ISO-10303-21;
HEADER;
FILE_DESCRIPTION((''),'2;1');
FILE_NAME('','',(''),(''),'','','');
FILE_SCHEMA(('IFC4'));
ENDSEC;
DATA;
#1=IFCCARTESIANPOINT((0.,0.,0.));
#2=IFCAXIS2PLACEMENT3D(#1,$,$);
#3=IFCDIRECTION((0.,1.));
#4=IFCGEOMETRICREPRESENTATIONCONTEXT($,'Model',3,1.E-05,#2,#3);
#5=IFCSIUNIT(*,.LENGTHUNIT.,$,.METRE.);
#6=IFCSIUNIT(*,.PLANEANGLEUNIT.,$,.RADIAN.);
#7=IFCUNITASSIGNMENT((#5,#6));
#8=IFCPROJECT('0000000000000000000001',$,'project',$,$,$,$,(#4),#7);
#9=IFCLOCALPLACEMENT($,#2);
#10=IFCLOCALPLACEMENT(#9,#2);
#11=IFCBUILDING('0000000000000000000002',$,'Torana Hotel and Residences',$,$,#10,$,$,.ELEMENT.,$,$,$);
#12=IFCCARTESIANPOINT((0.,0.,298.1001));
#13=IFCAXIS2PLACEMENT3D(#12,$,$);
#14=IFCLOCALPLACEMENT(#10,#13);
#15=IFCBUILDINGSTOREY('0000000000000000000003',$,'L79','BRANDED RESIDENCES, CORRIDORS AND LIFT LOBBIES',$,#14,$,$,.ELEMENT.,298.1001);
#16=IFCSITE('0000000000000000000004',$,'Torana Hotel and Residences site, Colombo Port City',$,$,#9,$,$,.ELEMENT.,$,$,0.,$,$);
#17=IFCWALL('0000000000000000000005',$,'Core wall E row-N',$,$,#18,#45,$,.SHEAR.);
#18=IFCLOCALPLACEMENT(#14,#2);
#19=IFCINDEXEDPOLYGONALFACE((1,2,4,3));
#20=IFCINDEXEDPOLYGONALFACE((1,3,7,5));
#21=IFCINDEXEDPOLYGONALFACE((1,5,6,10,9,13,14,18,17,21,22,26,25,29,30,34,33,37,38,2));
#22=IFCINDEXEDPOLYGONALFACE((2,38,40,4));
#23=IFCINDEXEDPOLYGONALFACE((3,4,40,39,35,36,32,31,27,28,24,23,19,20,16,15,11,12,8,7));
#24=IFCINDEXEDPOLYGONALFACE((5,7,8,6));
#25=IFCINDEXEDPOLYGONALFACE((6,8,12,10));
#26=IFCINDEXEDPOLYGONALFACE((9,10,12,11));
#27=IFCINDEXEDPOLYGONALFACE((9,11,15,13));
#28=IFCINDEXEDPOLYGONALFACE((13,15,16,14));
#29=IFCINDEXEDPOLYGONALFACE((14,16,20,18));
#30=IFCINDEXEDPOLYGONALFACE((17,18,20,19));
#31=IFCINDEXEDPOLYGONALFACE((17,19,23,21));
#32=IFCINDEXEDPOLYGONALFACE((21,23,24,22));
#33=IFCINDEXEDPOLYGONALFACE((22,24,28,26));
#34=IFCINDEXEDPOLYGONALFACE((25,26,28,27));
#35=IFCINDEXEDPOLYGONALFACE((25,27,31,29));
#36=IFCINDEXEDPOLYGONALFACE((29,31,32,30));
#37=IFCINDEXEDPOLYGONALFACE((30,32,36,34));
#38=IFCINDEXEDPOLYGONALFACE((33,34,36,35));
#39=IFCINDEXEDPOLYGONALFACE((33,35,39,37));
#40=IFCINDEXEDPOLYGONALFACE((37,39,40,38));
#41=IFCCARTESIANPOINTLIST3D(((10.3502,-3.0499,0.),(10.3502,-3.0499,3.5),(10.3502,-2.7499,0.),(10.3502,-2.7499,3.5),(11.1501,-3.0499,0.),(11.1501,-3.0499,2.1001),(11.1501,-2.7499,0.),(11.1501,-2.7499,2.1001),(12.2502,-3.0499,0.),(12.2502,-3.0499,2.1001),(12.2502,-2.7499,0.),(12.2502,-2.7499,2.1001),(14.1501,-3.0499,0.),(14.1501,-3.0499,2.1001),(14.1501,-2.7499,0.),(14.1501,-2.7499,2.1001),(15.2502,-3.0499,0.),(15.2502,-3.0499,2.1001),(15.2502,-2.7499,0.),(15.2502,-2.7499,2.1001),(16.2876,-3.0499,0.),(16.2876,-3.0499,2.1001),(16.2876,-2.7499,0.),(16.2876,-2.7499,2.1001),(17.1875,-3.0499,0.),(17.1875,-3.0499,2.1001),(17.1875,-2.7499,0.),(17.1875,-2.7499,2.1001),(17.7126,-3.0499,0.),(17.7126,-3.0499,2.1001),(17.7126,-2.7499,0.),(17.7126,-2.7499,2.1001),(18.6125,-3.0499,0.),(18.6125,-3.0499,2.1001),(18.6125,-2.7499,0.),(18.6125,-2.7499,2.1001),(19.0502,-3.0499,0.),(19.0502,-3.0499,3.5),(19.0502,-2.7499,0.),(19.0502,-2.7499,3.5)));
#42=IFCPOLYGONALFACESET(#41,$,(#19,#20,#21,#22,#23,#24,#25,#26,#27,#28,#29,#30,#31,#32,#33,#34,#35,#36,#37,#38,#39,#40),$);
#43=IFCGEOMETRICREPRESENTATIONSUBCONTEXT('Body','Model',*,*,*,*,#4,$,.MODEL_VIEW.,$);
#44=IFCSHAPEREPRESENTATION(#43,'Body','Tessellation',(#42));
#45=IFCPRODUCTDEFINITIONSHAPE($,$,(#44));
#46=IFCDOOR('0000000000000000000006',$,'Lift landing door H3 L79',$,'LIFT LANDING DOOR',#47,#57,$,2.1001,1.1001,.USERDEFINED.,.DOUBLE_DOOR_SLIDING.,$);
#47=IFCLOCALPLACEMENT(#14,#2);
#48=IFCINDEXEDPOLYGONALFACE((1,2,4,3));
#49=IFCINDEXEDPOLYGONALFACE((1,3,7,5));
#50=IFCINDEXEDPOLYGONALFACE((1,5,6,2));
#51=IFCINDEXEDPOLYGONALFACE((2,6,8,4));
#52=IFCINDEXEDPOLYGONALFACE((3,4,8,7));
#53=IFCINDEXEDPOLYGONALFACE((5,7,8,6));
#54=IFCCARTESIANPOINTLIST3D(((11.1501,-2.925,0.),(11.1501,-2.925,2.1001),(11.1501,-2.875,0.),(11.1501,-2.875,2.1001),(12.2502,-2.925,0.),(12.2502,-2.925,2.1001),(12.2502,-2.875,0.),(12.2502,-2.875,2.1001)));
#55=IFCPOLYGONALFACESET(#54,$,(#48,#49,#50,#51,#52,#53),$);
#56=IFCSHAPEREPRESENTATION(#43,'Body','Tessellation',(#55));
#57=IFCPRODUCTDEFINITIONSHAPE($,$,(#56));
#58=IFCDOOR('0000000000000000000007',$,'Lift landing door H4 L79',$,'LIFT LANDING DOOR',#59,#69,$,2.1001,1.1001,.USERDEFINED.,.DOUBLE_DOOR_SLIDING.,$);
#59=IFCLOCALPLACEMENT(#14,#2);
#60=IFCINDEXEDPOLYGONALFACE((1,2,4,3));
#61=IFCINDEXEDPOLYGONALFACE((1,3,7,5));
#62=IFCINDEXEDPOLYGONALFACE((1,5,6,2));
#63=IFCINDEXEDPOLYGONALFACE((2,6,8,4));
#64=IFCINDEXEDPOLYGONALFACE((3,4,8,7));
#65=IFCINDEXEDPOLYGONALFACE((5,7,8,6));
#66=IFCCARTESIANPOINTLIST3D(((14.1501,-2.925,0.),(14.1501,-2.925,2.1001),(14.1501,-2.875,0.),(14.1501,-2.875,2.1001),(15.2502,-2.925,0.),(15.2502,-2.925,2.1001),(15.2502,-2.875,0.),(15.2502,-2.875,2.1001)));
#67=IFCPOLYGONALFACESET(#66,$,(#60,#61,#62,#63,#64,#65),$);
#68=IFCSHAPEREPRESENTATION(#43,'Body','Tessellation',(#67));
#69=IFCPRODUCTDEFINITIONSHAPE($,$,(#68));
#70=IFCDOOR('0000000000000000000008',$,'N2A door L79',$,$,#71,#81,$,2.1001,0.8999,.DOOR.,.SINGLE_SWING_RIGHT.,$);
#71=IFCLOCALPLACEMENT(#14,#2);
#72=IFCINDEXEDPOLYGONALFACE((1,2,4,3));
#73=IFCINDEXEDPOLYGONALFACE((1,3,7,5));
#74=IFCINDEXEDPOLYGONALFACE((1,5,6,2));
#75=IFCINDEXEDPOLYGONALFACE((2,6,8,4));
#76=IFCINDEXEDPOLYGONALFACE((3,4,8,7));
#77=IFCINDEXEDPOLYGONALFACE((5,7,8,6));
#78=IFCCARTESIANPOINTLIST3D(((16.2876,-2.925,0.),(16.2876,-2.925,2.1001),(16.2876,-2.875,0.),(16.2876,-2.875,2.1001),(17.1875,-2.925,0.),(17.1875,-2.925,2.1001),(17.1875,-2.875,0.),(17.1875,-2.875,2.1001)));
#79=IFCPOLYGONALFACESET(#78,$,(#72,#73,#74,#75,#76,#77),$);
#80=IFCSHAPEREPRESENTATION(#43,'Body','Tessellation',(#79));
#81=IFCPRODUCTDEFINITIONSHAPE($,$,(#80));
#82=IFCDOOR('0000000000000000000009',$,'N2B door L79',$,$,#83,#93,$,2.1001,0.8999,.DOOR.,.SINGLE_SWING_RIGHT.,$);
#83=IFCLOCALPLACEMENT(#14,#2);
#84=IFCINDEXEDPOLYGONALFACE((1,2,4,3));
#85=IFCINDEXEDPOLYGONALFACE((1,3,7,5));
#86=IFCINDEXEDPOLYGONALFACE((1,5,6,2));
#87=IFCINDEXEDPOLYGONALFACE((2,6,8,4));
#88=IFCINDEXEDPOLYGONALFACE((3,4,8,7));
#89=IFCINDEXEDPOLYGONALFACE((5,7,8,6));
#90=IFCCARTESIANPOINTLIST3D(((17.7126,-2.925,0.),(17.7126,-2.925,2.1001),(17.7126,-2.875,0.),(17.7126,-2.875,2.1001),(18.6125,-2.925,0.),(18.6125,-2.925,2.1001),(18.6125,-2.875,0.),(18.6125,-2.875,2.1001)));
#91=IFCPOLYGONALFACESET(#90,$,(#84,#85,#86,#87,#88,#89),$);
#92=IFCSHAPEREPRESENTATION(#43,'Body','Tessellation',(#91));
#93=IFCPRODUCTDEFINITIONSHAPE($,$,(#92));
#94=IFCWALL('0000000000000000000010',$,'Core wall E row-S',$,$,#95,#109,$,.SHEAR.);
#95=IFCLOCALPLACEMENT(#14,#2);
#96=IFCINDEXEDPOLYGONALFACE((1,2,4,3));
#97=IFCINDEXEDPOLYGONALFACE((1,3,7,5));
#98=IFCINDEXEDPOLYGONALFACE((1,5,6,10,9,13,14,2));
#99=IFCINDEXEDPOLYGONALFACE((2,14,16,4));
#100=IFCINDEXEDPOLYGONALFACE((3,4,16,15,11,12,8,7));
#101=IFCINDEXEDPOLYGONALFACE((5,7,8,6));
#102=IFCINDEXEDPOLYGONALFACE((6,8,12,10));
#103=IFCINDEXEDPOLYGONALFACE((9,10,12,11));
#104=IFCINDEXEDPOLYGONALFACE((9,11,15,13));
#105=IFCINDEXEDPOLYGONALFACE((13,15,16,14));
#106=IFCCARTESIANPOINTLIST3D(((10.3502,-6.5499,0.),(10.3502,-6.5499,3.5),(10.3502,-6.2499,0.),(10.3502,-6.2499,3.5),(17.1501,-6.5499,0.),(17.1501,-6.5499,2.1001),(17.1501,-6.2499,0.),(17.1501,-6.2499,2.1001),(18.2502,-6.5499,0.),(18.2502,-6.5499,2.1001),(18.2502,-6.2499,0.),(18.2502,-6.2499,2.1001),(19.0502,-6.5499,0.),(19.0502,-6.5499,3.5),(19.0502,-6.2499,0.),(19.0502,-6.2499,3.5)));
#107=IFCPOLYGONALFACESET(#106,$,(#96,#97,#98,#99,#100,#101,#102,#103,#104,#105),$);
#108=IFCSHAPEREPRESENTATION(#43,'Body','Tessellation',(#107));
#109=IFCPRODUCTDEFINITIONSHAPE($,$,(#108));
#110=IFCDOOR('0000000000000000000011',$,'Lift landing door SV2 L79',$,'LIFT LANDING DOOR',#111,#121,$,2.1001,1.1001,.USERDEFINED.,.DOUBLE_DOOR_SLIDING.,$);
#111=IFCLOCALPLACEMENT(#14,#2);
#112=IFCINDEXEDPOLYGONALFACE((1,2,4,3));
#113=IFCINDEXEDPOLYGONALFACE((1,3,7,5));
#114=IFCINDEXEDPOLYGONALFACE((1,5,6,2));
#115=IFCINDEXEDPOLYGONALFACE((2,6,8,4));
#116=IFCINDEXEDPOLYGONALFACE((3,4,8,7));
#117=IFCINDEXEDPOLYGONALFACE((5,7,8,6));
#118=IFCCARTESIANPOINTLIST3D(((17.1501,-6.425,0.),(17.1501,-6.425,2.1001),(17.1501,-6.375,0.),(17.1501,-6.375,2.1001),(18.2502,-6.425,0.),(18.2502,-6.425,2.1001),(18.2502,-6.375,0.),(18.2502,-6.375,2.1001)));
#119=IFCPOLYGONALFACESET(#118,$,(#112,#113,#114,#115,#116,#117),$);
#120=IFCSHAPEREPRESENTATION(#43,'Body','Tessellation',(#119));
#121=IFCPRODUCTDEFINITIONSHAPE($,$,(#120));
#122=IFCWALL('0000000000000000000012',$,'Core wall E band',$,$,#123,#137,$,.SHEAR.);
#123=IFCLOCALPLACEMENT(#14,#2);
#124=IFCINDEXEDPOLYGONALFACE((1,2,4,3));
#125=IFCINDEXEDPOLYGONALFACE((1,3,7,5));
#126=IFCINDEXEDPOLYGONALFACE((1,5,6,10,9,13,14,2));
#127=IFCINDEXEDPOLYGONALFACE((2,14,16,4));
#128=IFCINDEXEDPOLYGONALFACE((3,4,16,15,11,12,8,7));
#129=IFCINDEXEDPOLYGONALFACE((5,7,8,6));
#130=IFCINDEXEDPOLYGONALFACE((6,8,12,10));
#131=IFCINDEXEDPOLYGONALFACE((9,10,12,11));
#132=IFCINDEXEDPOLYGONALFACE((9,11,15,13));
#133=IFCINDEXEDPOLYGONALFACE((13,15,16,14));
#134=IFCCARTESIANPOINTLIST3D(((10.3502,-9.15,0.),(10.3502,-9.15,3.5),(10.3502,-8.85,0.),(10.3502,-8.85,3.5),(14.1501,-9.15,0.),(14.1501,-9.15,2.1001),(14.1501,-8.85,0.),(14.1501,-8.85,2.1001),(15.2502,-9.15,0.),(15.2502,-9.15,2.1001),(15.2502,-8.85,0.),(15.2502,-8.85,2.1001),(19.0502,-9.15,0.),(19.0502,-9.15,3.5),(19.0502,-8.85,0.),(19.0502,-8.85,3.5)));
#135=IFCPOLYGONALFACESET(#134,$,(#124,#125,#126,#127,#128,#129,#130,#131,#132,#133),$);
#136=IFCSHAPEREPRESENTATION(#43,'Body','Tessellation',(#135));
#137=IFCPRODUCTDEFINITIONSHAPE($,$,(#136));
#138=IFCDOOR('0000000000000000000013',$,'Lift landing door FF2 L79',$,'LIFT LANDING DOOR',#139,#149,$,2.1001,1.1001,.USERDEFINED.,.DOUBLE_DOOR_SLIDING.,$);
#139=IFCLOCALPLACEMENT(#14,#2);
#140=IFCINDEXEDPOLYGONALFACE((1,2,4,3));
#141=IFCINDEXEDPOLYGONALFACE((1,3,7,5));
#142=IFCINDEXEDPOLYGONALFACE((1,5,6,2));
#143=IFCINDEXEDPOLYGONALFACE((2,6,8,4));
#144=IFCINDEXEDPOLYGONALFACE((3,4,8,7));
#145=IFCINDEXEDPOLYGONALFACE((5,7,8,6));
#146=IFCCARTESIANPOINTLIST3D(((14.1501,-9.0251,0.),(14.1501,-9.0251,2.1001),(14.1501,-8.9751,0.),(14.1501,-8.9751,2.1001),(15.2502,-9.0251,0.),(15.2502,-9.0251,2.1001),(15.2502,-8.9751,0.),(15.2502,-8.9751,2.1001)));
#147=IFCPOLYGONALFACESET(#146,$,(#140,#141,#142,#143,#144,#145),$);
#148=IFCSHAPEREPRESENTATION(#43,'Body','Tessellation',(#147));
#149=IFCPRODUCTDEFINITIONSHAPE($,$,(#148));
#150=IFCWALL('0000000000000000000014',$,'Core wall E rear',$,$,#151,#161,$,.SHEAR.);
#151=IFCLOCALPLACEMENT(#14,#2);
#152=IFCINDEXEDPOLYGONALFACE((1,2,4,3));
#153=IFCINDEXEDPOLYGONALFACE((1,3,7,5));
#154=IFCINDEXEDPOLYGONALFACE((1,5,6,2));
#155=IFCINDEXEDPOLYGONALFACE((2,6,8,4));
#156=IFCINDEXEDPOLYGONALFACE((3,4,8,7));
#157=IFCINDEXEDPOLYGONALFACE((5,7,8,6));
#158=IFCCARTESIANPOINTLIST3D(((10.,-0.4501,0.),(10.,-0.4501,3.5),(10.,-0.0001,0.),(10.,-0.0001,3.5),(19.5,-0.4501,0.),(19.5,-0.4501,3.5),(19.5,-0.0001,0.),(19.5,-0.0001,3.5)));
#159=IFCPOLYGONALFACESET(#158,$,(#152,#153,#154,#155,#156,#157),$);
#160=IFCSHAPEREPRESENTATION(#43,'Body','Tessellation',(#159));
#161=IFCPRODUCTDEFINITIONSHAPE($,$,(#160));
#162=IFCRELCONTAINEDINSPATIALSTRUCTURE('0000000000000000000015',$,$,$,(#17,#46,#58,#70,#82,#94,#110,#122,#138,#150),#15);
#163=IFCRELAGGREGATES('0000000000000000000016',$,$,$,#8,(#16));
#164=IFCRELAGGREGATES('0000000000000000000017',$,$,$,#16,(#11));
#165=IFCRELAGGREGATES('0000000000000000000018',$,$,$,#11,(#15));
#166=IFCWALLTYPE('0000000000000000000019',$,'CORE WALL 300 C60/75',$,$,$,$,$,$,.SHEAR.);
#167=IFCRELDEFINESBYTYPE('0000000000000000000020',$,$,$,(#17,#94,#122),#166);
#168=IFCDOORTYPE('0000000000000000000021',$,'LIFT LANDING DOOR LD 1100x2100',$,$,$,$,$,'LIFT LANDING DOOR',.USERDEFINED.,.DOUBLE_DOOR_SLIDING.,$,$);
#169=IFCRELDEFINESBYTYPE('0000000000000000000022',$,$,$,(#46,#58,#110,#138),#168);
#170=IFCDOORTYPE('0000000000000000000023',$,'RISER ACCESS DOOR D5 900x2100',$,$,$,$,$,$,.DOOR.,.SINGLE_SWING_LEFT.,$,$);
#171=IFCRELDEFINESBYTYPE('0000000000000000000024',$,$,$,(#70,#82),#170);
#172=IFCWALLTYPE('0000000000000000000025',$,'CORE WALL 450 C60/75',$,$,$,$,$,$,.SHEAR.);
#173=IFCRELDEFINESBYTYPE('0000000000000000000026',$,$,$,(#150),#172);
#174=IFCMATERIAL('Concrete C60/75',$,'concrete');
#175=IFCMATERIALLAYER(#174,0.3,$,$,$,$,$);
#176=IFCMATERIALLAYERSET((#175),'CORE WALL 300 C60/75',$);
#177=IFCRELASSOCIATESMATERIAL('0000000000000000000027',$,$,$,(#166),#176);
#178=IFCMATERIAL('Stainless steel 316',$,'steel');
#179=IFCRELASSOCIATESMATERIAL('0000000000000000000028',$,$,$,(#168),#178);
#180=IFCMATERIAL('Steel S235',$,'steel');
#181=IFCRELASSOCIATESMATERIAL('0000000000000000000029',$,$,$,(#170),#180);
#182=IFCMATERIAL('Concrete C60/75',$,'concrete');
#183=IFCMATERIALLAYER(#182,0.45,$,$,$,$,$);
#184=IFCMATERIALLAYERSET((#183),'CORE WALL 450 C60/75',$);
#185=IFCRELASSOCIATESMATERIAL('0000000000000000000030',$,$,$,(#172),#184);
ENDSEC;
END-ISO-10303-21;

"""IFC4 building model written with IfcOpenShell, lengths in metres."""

from ifc_helpers import new_model, si_unit, direction, frame, frame_2d, origin, place, context, subcontext, project, spatial, rectangle, extrude, material, layer, layer_set, type_object, element, fill, save


model = new_model("IFC4")

# Units and contexts
model_context = context("Model", 3, precision=1e-05, world=origin(), true_north=direction((0.0, 1.0)))
body_context = subcontext(model_context, "Body", "Model", "MODEL_VIEW")
ifc_project = project(units=[si_unit("LENGTHUNIT", "METRE"), si_unit("PLANEANGLEUNIT", "RADIAN")], contexts=[model_context])

# Site, building, storey
site_placement = place(None, origin())
site = spatial("IfcSite", under=ifc_project, at=site_placement, Name="Torana Hotel and Residences site, Colombo Port City", CompositionType="ELEMENT", RefElevation=0.0)
building_placement = place(site_placement, origin())
building = spatial("IfcBuilding", under=site, at=building_placement, Name="Torana Hotel and Residences", CompositionType="ELEMENT")
storey_placement = place(building_placement, frame((0.0, 0.0, 298.1001)))
storey = spatial("IfcBuildingStorey", under=building, at=storey_placement, Name="L79", Description="BRANDED RESIDENCES, CORRIDORS AND LIFT LOBBIES", CompositionType="ELEMENT", Elevation=298.1001)

# Wall, openings, doors
ifc_material_1 = material(Name="Concrete C60/75", Category="concrete")
ifc_layer_1 = layer(ifc_material_1, 0.3)
ifc_layer_set_1 = layer_set([ifc_layer_1], Name="CORE WALL 300 C60/75")
wall_type_1 = type_object("IfcWallType", Name="CORE WALL 300 C60/75", PredefinedType="SHEAR", material=ifc_layer_set_1)
wall_1_placement = place(storey_placement, frame((10.3501, -2.8999, 0.0), z_axis=(0.0, 0.0, 1.0), x_axis=(1.0, 0.0, 0.0)))
wall_1 = element("IfcWall", 1, at=wall_1_placement, inside=storey, type_object=wall_type_1, Name="Core wall E row-N", PredefinedType="SHEAR", context=body_context, shape_type="SweptSolid", body=[
    extrude(rectangle(XDim=8.7, YDim=0.3, at=frame_2d((4.3501, 0.0))), origin(), (0.0, 0.0, 1.0), 3.5),
])
opening_1_placement = place(wall_1_placement, frame((0.8, 0.0, 0.0)))
opening_1 = element("IfcOpeningElement", 2, at=opening_1_placement, cuts=wall_1, PredefinedType="OPENING", context=body_context, shape_type="SweptSolid", body=[
    extrude(rectangle(XDim=1.1001, YDim=2.1001, at=frame_2d((0.55, 1.05))), frame((0.0, 0.1599, 0.0), z_axis=(0.0, -1.0, 0.0), x_axis=(1.0, 0.0, 0.0)), (0.0, 0.0, 1.0), 0.3201),
])
opening_2_placement = place(wall_1_placement, frame((3.8, 0.0, 0.0)))
opening_2 = element("IfcOpeningElement", 3, at=opening_2_placement, cuts=wall_1, PredefinedType="OPENING", context=body_context, shape_type="SweptSolid", body=[
    extrude(rectangle(XDim=1.1001, YDim=2.1001, at=frame_2d((0.55, 1.05))), frame((0.0, 0.1599, 0.0), z_axis=(0.0, -1.0, 0.0), x_axis=(1.0, 0.0, 0.0)), (0.0, 0.0, 1.0), 0.3201),
])
opening_3_placement = place(wall_1_placement, frame((5.9375, 0.0, 0.0)))
opening_3 = element("IfcOpeningElement", 4, at=opening_3_placement, cuts=wall_1, PredefinedType="OPENING", context=body_context, shape_type="SweptSolid", body=[
    extrude(rectangle(XDim=0.8999, YDim=2.1001, at=frame_2d((0.45, 1.05))), frame((0.0, 0.1599, 0.0), z_axis=(0.0, -1.0, 0.0), x_axis=(1.0, 0.0, 0.0)), (0.0, 0.0, 1.0), 0.3201),
])
opening_4_placement = place(wall_1_placement, frame((7.3625, 0.0, 0.0)))
opening_4 = element("IfcOpeningElement", 5, at=opening_4_placement, cuts=wall_1, PredefinedType="OPENING", context=body_context, shape_type="SweptSolid", body=[
    extrude(rectangle(XDim=0.8999, YDim=2.1001, at=frame_2d((0.45, 1.05))), frame((0.0, 0.1599, 0.0), z_axis=(0.0, -1.0, 0.0), x_axis=(1.0, 0.0, 0.0)), (0.0, 0.0, 1.0), 0.3201),
])
ifc_material_2 = material(Name="Stainless steel 316", Category="steel")
door_type_1 = type_object("IfcDoorType", Name="LIFT LANDING DOOR LD 1100x2100", ElementType="LIFT LANDING DOOR", OperationType="DOUBLE_DOOR_SLIDING", PredefinedType="USERDEFINED", material=ifc_material_2)
door_1_placement = place(opening_1_placement, origin())
door_1 = element("IfcDoor", 6, at=door_1_placement, inside=storey, type_object=door_type_1, Name="Lift landing door H3 L79", ObjectType="LIFT LANDING DOOR", OperationType="DOUBLE_DOOR_SLIDING", OverallHeight=2.1001, OverallWidth=1.1001, PredefinedType="USERDEFINED", context=body_context, shape_type="SweptSolid", body=[
    extrude(rectangle(XDim=1.1001, YDim=2.1001, at=frame_2d((0.55, 1.05))), frame((0.0, 0.0249, 0.0), z_axis=(0.0, -1.0, 0.0), x_axis=(1.0, 0.0, 0.0)), (0.0, 0.0, 1.0), 0.05),
])
fill(opening_1, door_1)
door_2_placement = place(opening_2_placement, origin())
door_2 = element("IfcDoor", 7, at=door_2_placement, inside=storey, type_object=door_type_1, Name="Lift landing door H4 L79", ObjectType="LIFT LANDING DOOR", OperationType="DOUBLE_DOOR_SLIDING", OverallHeight=2.1001, OverallWidth=1.1001, PredefinedType="USERDEFINED", context=body_context, shape_type="SweptSolid", body=[
    extrude(rectangle(XDim=1.1001, YDim=2.1001, at=frame_2d((0.55, 1.05))), frame((0.0, 0.0249, 0.0), z_axis=(0.0, -1.0, 0.0), x_axis=(1.0, 0.0, 0.0)), (0.0, 0.0, 1.0), 0.05),
])
fill(opening_2, door_2)
ifc_material_3 = material(Name="Steel S235", Category="steel")
door_type_2 = type_object("IfcDoorType", Name="RISER ACCESS DOOR D5 900x2100", OperationType="SINGLE_SWING_LEFT", PredefinedType="DOOR", material=ifc_material_3)
door_3_placement = place(opening_3_placement, origin())
door_3 = element("IfcDoor", 8, at=door_3_placement, inside=storey, type_object=door_type_2, Name="N2A door L79", OperationType="SINGLE_SWING_RIGHT", OverallHeight=2.1001, OverallWidth=0.8999, PredefinedType="DOOR", context=body_context, shape_type="SweptSolid", body=[
    extrude(rectangle(XDim=0.8999, YDim=2.1001, at=frame_2d((0.45, 1.05))), frame((0.0, 0.0249, 0.0), z_axis=(0.0, -1.0, 0.0), x_axis=(1.0, 0.0, 0.0)), (0.0, 0.0, 1.0), 0.05),
])
fill(opening_3, door_3)
door_4_placement = place(opening_4_placement, origin())
door_4 = element("IfcDoor", 9, at=door_4_placement, inside=storey, type_object=door_type_2, Name="N2B door L79", OperationType="SINGLE_SWING_RIGHT", OverallHeight=2.1001, OverallWidth=0.8999, PredefinedType="DOOR", context=body_context, shape_type="SweptSolid", body=[
    extrude(rectangle(XDim=0.8999, YDim=2.1001, at=frame_2d((0.45, 1.05))), frame((0.0, 0.0249, 0.0), z_axis=(0.0, -1.0, 0.0), x_axis=(1.0, 0.0, 0.0)), (0.0, 0.0, 1.0), 0.05),
])
fill(opening_4, door_4)

# Walls, openings, doors
wall_2_placement = place(storey_placement, frame((10.3501, -6.3999, 0.0), z_axis=(0.0, 0.0, 1.0), x_axis=(1.0, 0.0, 0.0)))
wall_2 = element("IfcWall", 10, at=wall_2_placement, inside=storey, type_object=wall_type_1, Name="Core wall E row-S", PredefinedType="SHEAR", context=body_context, shape_type="SweptSolid", body=[
    extrude(rectangle(XDim=8.7, YDim=0.3, at=frame_2d((4.3501, 0.0))), origin(), (0.0, 0.0, 1.0), 3.5),
])
opening_5_placement = place(wall_2_placement, frame((6.8, 0.0, 0.0)))
opening_5 = element("IfcOpeningElement", 11, at=opening_5_placement, cuts=wall_2, PredefinedType="OPENING", context=body_context, shape_type="SweptSolid", body=[
    extrude(rectangle(XDim=1.1001, YDim=2.1001, at=frame_2d((0.55, 1.05))), frame((0.0, 0.1599, 0.0), z_axis=(0.0, -1.0, 0.0), x_axis=(1.0, 0.0, 0.0)), (0.0, 0.0, 1.0), 0.3201),
])
door_5_placement = place(opening_5_placement, origin())
door_5 = element("IfcDoor", 12, at=door_5_placement, inside=storey, type_object=door_type_1, Name="Lift landing door SV2 L79", ObjectType="LIFT LANDING DOOR", OperationType="DOUBLE_DOOR_SLIDING", OverallHeight=2.1001, OverallWidth=1.1001, PredefinedType="USERDEFINED", context=body_context, shape_type="SweptSolid", body=[
    extrude(rectangle(XDim=1.1001, YDim=2.1001, at=frame_2d((0.55, 1.05))), frame((0.0, 0.0249, 0.0), z_axis=(0.0, -1.0, 0.0), x_axis=(1.0, 0.0, 0.0)), (0.0, 0.0, 1.0), 0.05),
])
fill(opening_5, door_5)
wall_3_placement = place(storey_placement, frame((10.3501, -9.0, 0.0), z_axis=(0.0, 0.0, 1.0), x_axis=(1.0, 0.0, 0.0)))
wall_3 = element("IfcWall", 13, at=wall_3_placement, inside=storey, type_object=wall_type_1, Name="Core wall E band", PredefinedType="SHEAR", context=body_context, shape_type="SweptSolid", body=[
    extrude(rectangle(XDim=8.7, YDim=0.3, at=frame_2d((4.3501, 0.0))), origin(), (0.0, 0.0, 1.0), 3.5),
])
opening_6_placement = place(wall_3_placement, frame((3.8, 0.0, 0.0)))
opening_6 = element("IfcOpeningElement", 14, at=opening_6_placement, cuts=wall_3, PredefinedType="OPENING", context=body_context, shape_type="SweptSolid", body=[
    extrude(rectangle(XDim=1.1001, YDim=2.1001, at=frame_2d((0.55, 1.05))), frame((0.0, 0.1599, 0.0), z_axis=(0.0, -1.0, 0.0), x_axis=(1.0, 0.0, 0.0)), (0.0, 0.0, 1.0), 0.3201),
])
door_6_placement = place(opening_6_placement, origin())
door_6 = element("IfcDoor", 15, at=door_6_placement, inside=storey, type_object=door_type_1, Name="Lift landing door FF2 L79", ObjectType="LIFT LANDING DOOR", OperationType="DOUBLE_DOOR_SLIDING", OverallHeight=2.1001, OverallWidth=1.1001, PredefinedType="USERDEFINED", context=body_context, shape_type="SweptSolid", body=[
    extrude(rectangle(XDim=1.1001, YDim=2.1001, at=frame_2d((0.55, 1.05))), frame((0.0, 0.0249, 0.0), z_axis=(0.0, -1.0, 0.0), x_axis=(1.0, 0.0, 0.0)), (0.0, 0.0, 1.0), 0.05),
])
fill(opening_6, door_6)

# Wall
ifc_material_4 = material(Name="Concrete C60/75", Category="concrete")
ifc_layer_2 = layer(ifc_material_4, 0.45)
ifc_layer_set_2 = layer_set([ifc_layer_2], Name="CORE WALL 450 C60/75")
wall_type_2 = type_object("IfcWallType", Name="CORE WALL 450 C60/75", PredefinedType="SHEAR", material=ifc_layer_set_2)
wall_4_placement = place(storey_placement, frame((10.0, -0.2251, 0.0), z_axis=(0.0, 0.0, 1.0), x_axis=(1.0, 0.0, 0.0)))
element("IfcWall", 16, at=wall_4_placement, inside=storey, type_object=wall_type_2, Name="Core wall E rear", PredefinedType="SHEAR", context=body_context, shape_type="SweptSolid", body=[
    extrude(rectangle(XDim=9.5, YDim=0.45, at=frame_2d((4.75, 0.0))), origin(), (0.0, 0.0, 1.0), 3.5),
])

save(model, "model.ifc")
